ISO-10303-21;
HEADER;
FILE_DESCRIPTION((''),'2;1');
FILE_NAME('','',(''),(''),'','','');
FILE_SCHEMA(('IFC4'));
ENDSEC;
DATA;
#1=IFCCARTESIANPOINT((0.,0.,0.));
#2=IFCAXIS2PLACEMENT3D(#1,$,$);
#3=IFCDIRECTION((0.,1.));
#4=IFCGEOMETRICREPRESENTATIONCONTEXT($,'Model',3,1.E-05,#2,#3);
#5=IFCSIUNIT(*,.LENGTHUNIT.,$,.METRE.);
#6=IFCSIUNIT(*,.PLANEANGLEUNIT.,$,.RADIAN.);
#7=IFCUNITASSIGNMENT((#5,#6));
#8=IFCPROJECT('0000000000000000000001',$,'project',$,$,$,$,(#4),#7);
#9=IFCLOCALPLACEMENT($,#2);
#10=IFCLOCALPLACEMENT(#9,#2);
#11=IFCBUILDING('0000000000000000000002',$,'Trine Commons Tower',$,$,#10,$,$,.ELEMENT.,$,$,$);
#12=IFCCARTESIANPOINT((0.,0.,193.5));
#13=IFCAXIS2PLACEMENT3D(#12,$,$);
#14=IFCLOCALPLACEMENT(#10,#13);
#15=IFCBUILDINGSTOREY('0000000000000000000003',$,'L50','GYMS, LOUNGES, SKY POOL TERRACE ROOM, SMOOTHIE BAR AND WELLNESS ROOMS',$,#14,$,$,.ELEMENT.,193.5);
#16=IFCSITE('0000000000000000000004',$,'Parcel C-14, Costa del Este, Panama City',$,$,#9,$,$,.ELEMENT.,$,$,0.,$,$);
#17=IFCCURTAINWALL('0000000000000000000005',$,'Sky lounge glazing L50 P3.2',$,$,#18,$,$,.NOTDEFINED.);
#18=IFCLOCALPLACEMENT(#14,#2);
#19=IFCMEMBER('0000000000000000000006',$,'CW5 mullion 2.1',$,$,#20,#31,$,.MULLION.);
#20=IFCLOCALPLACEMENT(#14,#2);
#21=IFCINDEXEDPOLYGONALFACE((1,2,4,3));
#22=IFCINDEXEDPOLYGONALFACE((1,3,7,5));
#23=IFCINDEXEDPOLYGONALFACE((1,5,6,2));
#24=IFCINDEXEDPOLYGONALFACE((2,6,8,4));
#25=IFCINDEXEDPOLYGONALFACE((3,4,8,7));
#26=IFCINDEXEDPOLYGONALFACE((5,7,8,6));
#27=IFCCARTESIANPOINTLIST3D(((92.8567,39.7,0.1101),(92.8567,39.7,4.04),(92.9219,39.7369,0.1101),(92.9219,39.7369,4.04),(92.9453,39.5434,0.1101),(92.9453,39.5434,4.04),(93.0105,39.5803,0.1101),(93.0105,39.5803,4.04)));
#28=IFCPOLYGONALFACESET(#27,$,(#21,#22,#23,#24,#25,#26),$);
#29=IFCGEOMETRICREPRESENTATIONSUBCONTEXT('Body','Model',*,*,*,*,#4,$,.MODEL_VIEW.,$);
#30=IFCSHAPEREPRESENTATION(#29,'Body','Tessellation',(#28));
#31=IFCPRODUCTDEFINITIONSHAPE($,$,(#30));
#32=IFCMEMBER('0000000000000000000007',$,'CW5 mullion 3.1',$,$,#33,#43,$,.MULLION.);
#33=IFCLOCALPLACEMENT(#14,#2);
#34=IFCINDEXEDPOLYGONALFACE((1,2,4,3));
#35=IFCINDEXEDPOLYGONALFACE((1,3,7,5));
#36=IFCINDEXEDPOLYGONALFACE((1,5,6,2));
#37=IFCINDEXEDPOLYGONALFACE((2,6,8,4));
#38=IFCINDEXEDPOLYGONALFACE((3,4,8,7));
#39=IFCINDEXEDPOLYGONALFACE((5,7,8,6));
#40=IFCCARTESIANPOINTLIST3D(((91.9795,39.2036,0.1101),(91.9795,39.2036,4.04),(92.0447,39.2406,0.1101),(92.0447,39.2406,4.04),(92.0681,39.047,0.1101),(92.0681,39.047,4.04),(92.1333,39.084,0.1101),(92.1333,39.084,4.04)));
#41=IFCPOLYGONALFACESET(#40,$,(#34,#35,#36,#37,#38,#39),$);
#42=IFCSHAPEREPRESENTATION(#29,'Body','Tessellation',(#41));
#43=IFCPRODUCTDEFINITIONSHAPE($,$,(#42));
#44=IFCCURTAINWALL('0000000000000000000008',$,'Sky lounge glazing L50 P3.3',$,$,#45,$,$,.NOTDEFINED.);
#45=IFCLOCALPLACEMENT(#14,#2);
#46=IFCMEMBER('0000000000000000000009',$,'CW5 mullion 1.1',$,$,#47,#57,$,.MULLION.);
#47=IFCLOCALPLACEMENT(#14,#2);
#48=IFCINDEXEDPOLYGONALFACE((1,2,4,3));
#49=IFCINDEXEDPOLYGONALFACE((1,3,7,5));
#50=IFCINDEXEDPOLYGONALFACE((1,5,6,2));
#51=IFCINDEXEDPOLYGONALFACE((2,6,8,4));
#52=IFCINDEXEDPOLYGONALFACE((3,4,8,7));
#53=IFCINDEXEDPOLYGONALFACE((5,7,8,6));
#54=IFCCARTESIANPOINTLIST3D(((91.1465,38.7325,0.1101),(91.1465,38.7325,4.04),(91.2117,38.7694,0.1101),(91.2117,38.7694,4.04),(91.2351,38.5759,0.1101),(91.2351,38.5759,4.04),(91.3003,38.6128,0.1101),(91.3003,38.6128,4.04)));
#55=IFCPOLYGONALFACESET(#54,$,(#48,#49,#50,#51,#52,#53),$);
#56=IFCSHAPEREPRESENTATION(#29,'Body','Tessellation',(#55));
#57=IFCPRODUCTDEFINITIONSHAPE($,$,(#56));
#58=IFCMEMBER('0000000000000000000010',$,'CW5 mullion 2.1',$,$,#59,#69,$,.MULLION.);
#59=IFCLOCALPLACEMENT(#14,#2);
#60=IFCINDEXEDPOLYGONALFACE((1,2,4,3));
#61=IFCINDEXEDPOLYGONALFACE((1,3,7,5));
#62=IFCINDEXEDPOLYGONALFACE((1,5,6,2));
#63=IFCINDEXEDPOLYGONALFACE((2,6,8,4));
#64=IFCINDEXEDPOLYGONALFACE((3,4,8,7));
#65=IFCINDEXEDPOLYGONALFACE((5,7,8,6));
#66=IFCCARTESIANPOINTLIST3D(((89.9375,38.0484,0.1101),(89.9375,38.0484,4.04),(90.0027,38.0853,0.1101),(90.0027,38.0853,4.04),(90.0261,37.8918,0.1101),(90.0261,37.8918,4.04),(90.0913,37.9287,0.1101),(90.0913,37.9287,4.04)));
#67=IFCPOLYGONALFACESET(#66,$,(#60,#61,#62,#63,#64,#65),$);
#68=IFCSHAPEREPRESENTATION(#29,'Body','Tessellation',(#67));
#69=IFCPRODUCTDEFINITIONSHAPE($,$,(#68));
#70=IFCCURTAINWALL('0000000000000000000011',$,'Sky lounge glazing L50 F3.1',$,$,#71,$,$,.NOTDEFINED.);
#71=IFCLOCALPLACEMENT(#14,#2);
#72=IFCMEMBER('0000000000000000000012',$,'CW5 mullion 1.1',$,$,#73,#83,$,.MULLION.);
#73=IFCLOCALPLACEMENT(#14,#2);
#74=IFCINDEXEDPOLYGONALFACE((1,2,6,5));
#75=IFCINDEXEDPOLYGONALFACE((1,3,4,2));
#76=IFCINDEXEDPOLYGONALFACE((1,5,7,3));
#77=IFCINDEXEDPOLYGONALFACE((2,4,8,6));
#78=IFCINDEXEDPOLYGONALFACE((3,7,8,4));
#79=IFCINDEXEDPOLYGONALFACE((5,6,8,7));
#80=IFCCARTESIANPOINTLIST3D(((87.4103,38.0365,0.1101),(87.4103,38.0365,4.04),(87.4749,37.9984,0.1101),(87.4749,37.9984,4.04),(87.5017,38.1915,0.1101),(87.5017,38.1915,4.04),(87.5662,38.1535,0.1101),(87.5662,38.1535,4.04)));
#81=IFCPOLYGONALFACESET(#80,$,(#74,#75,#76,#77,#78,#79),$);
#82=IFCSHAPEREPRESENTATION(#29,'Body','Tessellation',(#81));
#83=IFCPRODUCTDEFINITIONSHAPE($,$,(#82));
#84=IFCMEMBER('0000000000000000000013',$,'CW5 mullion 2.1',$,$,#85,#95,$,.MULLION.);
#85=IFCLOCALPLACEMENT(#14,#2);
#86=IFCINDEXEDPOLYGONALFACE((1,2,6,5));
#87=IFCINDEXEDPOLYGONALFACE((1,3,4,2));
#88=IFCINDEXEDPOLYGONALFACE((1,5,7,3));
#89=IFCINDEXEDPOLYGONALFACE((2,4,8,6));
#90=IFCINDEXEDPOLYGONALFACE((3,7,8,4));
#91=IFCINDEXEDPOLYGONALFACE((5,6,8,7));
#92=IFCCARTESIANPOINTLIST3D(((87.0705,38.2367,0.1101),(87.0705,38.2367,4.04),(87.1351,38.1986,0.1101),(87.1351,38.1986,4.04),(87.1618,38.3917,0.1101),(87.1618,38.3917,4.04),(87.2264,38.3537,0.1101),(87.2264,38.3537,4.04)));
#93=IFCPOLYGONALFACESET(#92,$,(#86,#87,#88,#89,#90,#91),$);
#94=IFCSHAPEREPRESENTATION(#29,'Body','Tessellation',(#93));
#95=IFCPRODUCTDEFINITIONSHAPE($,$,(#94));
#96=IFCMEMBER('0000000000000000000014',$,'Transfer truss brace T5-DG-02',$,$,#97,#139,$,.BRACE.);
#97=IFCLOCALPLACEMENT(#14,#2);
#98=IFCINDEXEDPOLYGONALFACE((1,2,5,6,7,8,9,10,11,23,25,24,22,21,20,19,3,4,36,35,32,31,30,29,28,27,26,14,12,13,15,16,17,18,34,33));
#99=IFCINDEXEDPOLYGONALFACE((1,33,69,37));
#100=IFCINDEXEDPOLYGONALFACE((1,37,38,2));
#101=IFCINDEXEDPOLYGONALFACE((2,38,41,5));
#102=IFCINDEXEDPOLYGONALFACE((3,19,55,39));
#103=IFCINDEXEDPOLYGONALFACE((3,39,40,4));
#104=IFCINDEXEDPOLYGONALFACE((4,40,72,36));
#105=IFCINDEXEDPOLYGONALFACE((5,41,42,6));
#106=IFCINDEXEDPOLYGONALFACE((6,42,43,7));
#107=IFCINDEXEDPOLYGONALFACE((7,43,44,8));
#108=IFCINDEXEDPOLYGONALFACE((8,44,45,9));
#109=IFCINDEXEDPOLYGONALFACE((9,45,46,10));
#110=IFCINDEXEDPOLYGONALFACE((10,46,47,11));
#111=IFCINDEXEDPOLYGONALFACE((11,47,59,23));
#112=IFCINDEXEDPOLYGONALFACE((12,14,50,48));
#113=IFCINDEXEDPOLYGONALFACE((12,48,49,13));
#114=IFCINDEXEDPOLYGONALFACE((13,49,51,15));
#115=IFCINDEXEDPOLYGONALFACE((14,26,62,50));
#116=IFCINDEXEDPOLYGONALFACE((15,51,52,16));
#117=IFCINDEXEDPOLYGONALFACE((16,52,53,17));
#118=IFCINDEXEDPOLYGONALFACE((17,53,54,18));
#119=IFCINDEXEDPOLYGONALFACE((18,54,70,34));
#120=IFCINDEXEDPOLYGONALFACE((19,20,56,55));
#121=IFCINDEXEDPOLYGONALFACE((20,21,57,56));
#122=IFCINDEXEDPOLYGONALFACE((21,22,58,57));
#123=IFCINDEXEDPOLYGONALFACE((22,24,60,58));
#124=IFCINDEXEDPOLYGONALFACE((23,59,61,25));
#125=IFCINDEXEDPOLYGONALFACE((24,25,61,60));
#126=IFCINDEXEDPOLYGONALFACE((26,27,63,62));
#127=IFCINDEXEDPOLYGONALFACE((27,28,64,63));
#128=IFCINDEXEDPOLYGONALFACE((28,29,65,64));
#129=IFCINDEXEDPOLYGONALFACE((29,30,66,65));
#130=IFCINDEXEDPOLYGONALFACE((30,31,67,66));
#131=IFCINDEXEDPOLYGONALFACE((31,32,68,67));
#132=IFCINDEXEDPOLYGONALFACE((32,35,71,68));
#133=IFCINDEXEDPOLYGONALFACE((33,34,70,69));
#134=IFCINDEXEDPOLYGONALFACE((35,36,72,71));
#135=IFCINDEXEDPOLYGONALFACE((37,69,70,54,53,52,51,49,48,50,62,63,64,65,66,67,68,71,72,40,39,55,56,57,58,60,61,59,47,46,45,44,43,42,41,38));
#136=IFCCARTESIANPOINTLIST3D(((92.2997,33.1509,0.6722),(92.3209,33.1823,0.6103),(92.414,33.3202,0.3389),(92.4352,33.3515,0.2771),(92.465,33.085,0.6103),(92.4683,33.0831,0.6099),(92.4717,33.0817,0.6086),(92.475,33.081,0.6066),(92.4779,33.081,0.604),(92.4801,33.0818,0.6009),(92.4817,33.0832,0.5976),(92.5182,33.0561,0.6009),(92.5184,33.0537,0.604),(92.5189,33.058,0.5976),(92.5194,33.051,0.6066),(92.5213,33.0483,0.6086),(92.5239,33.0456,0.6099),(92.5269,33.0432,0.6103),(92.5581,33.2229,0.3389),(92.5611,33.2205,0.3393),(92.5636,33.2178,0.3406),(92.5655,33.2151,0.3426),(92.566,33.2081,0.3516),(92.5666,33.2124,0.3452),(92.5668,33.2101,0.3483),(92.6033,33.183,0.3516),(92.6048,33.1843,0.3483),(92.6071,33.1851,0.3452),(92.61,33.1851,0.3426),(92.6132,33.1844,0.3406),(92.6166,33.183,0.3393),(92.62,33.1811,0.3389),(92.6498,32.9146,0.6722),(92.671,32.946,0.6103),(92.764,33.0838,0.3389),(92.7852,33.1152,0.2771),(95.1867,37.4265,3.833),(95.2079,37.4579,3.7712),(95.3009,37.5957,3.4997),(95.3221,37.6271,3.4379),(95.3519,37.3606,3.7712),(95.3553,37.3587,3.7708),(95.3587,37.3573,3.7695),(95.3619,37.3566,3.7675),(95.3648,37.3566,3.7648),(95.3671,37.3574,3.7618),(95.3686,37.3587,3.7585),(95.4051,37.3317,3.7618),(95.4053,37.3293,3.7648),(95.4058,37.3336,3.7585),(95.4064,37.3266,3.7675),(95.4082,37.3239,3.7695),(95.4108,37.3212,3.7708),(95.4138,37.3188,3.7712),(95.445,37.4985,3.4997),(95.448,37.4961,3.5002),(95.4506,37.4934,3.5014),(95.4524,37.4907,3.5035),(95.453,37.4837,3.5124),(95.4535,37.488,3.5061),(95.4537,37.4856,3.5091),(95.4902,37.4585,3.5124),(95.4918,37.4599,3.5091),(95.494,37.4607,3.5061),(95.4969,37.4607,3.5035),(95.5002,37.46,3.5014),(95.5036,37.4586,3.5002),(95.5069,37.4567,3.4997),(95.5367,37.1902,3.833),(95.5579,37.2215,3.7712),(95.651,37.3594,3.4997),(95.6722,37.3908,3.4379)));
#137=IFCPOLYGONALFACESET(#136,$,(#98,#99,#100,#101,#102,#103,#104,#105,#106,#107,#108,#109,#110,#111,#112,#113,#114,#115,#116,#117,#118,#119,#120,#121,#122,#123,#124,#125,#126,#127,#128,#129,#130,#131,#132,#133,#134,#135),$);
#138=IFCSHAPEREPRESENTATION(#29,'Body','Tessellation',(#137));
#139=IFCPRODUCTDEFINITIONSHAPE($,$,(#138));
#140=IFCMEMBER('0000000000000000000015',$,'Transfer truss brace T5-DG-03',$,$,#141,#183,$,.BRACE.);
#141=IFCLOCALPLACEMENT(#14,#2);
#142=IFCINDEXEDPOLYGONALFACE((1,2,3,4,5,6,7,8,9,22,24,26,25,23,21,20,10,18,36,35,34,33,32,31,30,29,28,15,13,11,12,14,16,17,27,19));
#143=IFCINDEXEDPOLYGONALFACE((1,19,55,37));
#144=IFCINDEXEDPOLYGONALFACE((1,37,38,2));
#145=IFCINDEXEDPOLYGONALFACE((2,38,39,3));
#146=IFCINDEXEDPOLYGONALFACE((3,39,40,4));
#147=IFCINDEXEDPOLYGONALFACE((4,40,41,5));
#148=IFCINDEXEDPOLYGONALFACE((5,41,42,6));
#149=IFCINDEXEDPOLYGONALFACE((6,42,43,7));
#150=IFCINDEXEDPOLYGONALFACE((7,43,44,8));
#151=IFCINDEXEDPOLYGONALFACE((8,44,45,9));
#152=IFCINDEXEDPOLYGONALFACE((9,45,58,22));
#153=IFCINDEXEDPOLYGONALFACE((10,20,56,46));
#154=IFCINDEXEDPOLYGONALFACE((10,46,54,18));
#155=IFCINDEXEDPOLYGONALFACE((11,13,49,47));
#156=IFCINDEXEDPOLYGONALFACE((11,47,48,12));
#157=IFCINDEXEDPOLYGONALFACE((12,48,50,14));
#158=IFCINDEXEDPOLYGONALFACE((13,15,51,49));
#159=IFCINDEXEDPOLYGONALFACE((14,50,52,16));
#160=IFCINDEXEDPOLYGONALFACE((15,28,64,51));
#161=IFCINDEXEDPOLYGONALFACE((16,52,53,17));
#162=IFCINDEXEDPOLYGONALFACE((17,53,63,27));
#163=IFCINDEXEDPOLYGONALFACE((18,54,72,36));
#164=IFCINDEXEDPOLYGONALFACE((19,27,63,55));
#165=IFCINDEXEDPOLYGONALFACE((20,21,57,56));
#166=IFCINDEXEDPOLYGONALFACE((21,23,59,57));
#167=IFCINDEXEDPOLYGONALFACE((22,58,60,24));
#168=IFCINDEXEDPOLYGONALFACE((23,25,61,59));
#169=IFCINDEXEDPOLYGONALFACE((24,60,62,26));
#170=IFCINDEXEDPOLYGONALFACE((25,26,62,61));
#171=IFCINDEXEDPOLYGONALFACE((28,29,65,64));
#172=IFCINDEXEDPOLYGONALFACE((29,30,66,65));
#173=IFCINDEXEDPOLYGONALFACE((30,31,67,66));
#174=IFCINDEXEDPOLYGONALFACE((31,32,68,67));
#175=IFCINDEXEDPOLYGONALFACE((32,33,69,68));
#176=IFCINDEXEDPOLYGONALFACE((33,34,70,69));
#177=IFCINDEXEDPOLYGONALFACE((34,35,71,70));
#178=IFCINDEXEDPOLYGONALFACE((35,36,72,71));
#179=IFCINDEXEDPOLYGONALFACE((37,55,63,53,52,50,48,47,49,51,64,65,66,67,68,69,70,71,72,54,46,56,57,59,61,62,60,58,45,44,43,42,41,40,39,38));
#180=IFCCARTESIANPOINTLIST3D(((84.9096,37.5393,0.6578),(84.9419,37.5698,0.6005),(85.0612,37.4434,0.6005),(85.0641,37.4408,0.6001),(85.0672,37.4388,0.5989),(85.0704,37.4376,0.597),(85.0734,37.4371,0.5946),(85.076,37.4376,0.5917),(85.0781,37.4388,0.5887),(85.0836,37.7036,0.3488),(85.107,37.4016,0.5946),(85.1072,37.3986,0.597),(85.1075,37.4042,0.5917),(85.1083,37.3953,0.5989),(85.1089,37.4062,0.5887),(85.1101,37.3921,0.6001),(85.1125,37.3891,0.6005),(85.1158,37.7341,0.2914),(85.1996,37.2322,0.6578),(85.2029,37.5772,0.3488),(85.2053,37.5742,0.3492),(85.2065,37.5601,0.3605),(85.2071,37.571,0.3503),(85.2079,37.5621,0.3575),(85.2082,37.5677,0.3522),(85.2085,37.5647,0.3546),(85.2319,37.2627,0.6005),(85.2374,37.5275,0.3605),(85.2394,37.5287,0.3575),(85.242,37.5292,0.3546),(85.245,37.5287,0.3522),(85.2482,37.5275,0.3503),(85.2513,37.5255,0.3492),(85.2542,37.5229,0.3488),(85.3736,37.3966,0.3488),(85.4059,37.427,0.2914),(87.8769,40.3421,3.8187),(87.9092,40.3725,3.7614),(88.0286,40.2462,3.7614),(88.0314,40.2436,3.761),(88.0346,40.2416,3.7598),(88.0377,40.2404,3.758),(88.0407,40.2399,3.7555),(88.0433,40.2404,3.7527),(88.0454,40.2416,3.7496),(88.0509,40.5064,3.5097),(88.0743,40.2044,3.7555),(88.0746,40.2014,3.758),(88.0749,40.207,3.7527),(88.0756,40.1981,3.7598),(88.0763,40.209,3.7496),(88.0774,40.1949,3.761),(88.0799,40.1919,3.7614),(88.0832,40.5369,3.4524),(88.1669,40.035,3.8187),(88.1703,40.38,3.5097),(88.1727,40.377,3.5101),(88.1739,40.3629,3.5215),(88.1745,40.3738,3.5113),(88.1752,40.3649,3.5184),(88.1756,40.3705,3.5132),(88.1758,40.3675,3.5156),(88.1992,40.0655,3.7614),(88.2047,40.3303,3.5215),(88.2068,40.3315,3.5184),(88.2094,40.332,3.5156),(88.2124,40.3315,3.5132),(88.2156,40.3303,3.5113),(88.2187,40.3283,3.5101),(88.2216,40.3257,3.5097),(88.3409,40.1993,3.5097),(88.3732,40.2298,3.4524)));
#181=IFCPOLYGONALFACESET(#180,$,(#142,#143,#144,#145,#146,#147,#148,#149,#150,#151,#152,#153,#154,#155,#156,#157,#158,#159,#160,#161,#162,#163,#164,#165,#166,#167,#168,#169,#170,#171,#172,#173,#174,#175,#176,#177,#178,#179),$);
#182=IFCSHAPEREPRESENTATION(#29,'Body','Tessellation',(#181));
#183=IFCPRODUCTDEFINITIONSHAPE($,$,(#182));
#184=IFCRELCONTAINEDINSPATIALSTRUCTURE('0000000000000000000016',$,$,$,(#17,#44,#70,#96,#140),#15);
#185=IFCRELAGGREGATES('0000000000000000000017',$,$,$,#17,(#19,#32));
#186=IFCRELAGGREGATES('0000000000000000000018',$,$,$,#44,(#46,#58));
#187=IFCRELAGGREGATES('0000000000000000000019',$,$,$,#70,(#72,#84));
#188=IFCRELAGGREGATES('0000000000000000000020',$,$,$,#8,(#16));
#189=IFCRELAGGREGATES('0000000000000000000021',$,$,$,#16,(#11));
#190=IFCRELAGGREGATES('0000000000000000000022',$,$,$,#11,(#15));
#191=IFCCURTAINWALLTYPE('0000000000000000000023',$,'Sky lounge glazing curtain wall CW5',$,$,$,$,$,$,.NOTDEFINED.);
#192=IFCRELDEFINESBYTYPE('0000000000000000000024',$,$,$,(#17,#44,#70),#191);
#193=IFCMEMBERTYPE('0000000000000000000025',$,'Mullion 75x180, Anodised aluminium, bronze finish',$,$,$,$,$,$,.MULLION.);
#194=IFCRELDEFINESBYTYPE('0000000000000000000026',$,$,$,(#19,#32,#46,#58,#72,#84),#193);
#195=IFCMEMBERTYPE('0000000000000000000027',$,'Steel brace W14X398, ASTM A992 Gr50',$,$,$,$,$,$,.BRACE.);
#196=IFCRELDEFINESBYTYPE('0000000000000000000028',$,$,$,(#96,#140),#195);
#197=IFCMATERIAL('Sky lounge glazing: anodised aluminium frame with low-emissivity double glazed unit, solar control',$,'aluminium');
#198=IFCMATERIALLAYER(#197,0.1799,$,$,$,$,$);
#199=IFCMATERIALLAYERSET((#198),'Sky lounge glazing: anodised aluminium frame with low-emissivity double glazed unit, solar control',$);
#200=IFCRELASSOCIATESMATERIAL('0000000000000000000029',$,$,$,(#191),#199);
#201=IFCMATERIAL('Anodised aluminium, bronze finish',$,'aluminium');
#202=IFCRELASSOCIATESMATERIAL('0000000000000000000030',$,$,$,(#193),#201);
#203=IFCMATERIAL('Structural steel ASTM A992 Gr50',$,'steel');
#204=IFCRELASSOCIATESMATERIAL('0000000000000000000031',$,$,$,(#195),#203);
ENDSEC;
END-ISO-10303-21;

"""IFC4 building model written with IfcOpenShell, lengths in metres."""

from ifc_helpers import new_model, si_unit, direction, frame, origin, origin_2d, place, context, subcontext, project, spatial, rectangle, i_section, extrude, material, layer, layer_set, material_profile, profile_set, type_object, element, aggregate, save


model = new_model("IFC4")

# Units and contexts
model_context = context("Model", 3, precision=1e-05, world=origin(), true_north=direction((0.0, 1.0)))
body_context = subcontext(model_context, "Body", "Model", "MODEL_VIEW")
ifc_project = project(units=[si_unit("LENGTHUNIT", "METRE"), si_unit("PLANEANGLEUNIT", "RADIAN")], contexts=[model_context])

# Site, building, storey
site_placement = place(None, origin())
site = spatial("IfcSite", under=ifc_project, at=site_placement, Name="Parcel C-14, Costa del Este, Panama City", CompositionType="ELEMENT", RefElevation=0.0)
building_placement = place(site_placement, origin())
building = spatial("IfcBuilding", under=site, at=building_placement, Name="Trine Commons Tower", CompositionType="ELEMENT")
storey_placement = place(building_placement, frame((0.0, 0.0, 193.5)))
storey = spatial("IfcBuildingStorey", under=building, at=storey_placement, Name="L50", Description="GYMS, LOUNGES, SKY POOL TERRACE ROOM, SMOOTHIE BAR AND WELLNESS ROOMS", CompositionType="ELEMENT", Elevation=193.5)

# Curtain walls, members
ifc_material_1 = material(Name="Sky lounge glazing: anodised aluminium frame with low-emissivity double glazed unit, solar control", Category="aluminium")
ifc_layer_1 = layer(ifc_material_1, 0.1799)
ifc_layer_set_1 = layer_set([ifc_layer_1], Name="Sky lounge glazing: anodised aluminium frame with low-emissivity double glazed unit, solar control")
curtain_wall_type = type_object("IfcCurtainWallType", Name="Sky lounge glazing curtain wall CW5", PredefinedType="NOTDEFINED", material=ifc_layer_set_1)
curtain_wall_1_placement = place(storey_placement, origin())
curtain_wall_1 = element("IfcCurtainWall", 1, at=curtain_wall_1_placement, inside=storey, type_object=curtain_wall_type, Name="Sky lounge glazing L50 P3.2", PredefinedType="NOTDEFINED")
ifc_material_2 = material(Name="Anodised aluminium, bronze finish", Category="aluminium")
ifc_material_profile_1 = material_profile(ifc_material_2, rectangle(XDim=0.1799, YDim=0.075, at=origin_2d()), Name="Mullion 75x180")
ifc_profile_set_1 = profile_set([ifc_material_profile_1], Name="Anodised aluminium, bronze finish")
member_type_1 = type_object("IfcMemberType", Name="Mullion 75x180, Anodised aluminium, bronze finish", PredefinedType="MULLION", material=ifc_profile_set_1)
member_1_placement = place(storey_placement, frame((92.9336, 39.6401, 0.1101), z_axis=(0.0, 0.0, 1.0), x_axis=(0.492424, -0.870356, 0.0)))
member_1 = element("IfcMember", 2, at=member_1_placement, type_object=member_type_1, Name="CW5 mullion 2.1", PredefinedType="MULLION", context=body_context, shape_type="SweptSolid", body=[
    extrude(rectangle(XDim=0.1799, YDim=0.075, at=origin_2d()), origin(), (0.0, 0.0, 1.0), 3.9299),
])
member_2_placement = place(storey_placement, frame((92.0564, 39.1438, 0.1101), z_axis=(0.0, 0.0, 1.0), x_axis=(0.492424, -0.870356, 0.0)))
member_2 = element("IfcMember", 3, at=member_2_placement, type_object=member_type_1, Name="CW5 mullion 3.1", PredefinedType="MULLION", context=body_context, shape_type="SweptSolid", body=[
    extrude(rectangle(XDim=0.1799, YDim=0.075, at=origin_2d()), origin(), (0.0, 0.0, 1.0), 3.9299),
])
curtain_wall_2_placement = place(storey_placement, origin())
curtain_wall_2 = element("IfcCurtainWall", 4, at=curtain_wall_2_placement, inside=storey, type_object=curtain_wall_type, Name="Sky lounge glazing L50 P3.3", PredefinedType="NOTDEFINED")
member_3_placement = place(storey_placement, frame((91.2234, 38.6726, 0.1101), z_axis=(0.0, 0.0, 1.0), x_axis=(0.492424, -0.870356, 0.0)))
member_3 = element("IfcMember", 5, at=member_3_placement, type_object=member_type_1, Name="CW5 mullion 1.1", PredefinedType="MULLION", context=body_context, shape_type="SweptSolid", body=[
    extrude(rectangle(XDim=0.1799, YDim=0.075, at=origin_2d()), origin(), (0.0, 0.0, 1.0), 3.9299),
])
member_4_placement = place(storey_placement, frame((90.0144, 37.9885, 0.1101), z_axis=(0.0, 0.0, 1.0), x_axis=(0.492424, -0.870356, 0.0)))
member_4 = element("IfcMember", 6, at=member_4_placement, type_object=member_type_1, Name="CW5 mullion 2.1", PredefinedType="MULLION", context=body_context, shape_type="SweptSolid", body=[
    extrude(rectangle(XDim=0.1799, YDim=0.075, at=origin_2d()), origin(), (0.0, 0.0, 1.0), 3.9299),
])
curtain_wall_3_placement = place(storey_placement, origin())
curtain_wall_3 = element("IfcCurtainWall", 7, at=curtain_wall_3_placement, inside=storey, type_object=curtain_wall_type, Name="Sky lounge glazing L50 F3.1", PredefinedType="NOTDEFINED")
member_5_placement = place(storey_placement, frame((87.4883, 38.095, 0.1101), z_axis=(0.0, 0.0, 1.0), x_axis=(-0.507538, -0.861629, 0.0)))
member_5 = element("IfcMember", 8, at=member_5_placement, type_object=member_type_1, Name="CW5 mullion 1.1", PredefinedType="MULLION", context=body_context, shape_type="SweptSolid", body=[
    extrude(rectangle(XDim=0.1799, YDim=0.075, at=origin_2d()), origin(), (0.0, 0.0, 1.0), 3.9299),
])
member_6_placement = place(storey_placement, frame((87.1484, 38.2952, 0.1101), z_axis=(0.0, 0.0, 1.0), x_axis=(-0.507538, -0.861629, 0.0)))
member_6 = element("IfcMember", 9, at=member_6_placement, type_object=member_type_1, Name="CW5 mullion 2.1", PredefinedType="MULLION", context=body_context, shape_type="SweptSolid", body=[
    extrude(rectangle(XDim=0.1799, YDim=0.075, at=origin_2d()), origin(), (0.0, 0.0, 1.0), 3.9299),
])

# Members
ifc_material_3 = material(Name="Structural steel ASTM A992 Gr50", Category="steel")
ifc_material_profile_2 = material_profile(ifc_material_3, i_section(OverallWidth=0.4224, OverallDepth=0.4634, WebThickness=0.0449, FlangeThickness=0.0725, FilletRadius=0.0149, at=origin_2d()), Name="W14X398")
ifc_profile_set_2 = profile_set([ifc_material_profile_2], Name="Structural steel ASTM A992 Gr50")
member_type_2 = type_object("IfcMemberType", Name="Steel brace W14X398, ASTM A992 Gr50", PredefinedType="BRACE", material=ifc_profile_set_2)
member_7_placement = place(storey_placement, frame((92.5425, 33.1331, 0.4746), z_axis=(0.477156, 0.706675, 0.52243), x_axis=(-0.828767, 0.559594, 0.0)))
element("IfcMember", 10, at=member_7_placement, inside=storey, type_object=member_type_2, Name="Transfer truss brace T5-DG-02", PredefinedType="BRACE", context=body_context, shape_type="SweptSolid", body=[
    extrude(i_section(OverallWidth=0.4224, OverallDepth=0.4634, WebThickness=0.0449, FlangeThickness=0.0725, FilletRadius=0.0149, at=origin_2d()), origin(), (0.0, 0.0, 1.0), 6.0503),
])
member_8_placement = place(storey_placement, frame((85.1577, 37.4832, 0.4746), z_axis=(0.574778, 0.542903, 0.61228), x_axis=(-0.686662, 0.726977, 0.0)))
element("IfcMember", 11, at=member_8_placement, inside=storey, type_object=member_type_2, Name="Transfer truss brace T5-DG-03", PredefinedType="BRACE", context=body_context, shape_type="SweptSolid", body=[
    extrude(i_section(OverallWidth=0.4224, OverallDepth=0.4634, WebThickness=0.0449, FlangeThickness=0.0725, FilletRadius=0.0149, at=origin_2d()), origin(), (0.0, 0.0, 1.0), 5.1626),
])

aggregate(curtain_wall_1, [member_1, member_2])
aggregate(curtain_wall_2, [member_3, member_4])
aggregate(curtain_wall_3, [member_5, member_6])

save(model, "model.ifc")
